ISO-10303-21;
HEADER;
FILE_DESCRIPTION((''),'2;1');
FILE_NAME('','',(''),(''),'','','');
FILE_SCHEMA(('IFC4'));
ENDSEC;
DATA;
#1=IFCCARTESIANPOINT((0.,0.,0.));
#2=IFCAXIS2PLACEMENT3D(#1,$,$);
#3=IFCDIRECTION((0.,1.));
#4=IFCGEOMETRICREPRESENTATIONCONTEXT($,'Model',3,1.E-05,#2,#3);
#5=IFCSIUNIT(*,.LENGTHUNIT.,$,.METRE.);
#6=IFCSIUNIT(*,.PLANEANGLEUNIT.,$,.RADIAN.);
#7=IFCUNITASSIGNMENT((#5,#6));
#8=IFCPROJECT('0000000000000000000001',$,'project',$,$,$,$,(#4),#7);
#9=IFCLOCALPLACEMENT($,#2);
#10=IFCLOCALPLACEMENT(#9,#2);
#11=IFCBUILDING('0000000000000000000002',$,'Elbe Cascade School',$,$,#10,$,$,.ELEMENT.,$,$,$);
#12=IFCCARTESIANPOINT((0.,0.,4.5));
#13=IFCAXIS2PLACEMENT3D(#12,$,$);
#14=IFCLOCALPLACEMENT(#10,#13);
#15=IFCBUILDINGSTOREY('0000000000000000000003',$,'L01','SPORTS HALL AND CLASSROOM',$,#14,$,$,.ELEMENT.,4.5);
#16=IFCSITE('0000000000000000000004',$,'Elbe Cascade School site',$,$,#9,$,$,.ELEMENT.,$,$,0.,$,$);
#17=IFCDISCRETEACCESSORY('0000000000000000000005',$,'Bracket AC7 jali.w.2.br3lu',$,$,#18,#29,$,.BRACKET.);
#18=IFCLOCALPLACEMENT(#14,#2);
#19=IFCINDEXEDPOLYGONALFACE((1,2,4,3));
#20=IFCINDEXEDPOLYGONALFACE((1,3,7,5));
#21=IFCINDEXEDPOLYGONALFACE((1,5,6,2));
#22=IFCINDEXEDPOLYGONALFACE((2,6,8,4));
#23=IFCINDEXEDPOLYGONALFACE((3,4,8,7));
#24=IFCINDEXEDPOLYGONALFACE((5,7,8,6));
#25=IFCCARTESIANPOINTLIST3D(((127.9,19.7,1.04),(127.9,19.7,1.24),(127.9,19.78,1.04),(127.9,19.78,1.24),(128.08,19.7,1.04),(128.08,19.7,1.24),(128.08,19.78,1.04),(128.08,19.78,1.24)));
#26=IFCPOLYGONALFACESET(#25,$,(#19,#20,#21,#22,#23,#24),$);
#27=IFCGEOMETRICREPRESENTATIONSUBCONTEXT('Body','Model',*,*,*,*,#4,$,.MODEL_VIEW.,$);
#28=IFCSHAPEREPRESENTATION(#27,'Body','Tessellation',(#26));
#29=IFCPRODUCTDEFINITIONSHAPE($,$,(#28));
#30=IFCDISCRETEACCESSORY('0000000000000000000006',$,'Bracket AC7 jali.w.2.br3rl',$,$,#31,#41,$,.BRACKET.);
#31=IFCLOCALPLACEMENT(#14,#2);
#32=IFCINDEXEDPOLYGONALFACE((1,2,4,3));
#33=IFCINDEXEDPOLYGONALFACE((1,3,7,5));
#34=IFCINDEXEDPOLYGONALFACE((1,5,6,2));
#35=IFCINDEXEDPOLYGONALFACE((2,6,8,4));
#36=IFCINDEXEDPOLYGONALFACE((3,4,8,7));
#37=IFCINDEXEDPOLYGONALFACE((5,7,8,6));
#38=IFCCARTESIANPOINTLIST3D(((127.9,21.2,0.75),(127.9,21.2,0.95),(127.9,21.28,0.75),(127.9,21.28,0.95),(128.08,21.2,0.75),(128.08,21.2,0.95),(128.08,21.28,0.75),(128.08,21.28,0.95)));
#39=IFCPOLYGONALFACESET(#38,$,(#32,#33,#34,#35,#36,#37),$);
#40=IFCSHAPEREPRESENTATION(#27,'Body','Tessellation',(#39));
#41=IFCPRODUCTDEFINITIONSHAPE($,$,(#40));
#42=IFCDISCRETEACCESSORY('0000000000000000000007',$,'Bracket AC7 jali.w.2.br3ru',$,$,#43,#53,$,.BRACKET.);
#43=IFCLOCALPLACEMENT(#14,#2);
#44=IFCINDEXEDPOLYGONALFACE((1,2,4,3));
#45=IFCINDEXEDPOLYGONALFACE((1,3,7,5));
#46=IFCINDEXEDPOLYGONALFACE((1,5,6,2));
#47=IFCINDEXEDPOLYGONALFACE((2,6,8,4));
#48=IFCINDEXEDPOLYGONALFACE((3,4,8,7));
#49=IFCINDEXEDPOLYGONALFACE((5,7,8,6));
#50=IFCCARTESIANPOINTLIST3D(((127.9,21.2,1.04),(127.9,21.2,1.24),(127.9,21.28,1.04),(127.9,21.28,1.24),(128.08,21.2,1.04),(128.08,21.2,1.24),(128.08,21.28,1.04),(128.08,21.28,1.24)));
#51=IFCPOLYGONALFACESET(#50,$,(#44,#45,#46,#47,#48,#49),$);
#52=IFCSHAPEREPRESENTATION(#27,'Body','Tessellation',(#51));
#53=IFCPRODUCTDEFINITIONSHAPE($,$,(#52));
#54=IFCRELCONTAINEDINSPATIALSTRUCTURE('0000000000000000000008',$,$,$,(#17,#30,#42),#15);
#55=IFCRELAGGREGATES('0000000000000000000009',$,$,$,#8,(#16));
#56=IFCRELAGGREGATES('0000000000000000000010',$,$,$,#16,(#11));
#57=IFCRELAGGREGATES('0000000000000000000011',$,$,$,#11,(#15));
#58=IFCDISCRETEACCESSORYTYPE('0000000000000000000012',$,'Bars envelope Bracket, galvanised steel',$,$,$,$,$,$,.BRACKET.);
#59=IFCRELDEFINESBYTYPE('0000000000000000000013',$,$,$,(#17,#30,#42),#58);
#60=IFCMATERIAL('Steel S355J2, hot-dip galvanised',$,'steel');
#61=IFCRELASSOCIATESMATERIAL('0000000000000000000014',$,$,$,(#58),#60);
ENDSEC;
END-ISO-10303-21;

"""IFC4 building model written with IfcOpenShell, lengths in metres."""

from ifc_helpers import new_model, si_unit, direction, frame, origin, origin_2d, place, context, subcontext, project, spatial, rectangle, extrude, material, type_object, element, save


model = new_model("IFC4")

# Units and contexts
model_context = context("Model", 3, precision=1e-05, world=origin(), true_north=direction((0.0, 1.0)))
body_context = subcontext(model_context, "Body", "Model", "MODEL_VIEW")
ifc_project = project(units=[si_unit("LENGTHUNIT", "METRE"), si_unit("PLANEANGLEUNIT", "RADIAN")], contexts=[model_context])

# Site, building, storey
site_placement = place(None, origin())
site = spatial("IfcSite", under=ifc_project, at=site_placement, Name="Elbe Cascade School site", CompositionType="ELEMENT", RefElevation=0.0)
building_placement = place(site_placement, origin())
building = spatial("IfcBuilding", under=site, at=building_placement, Name="Elbe Cascade School", CompositionType="ELEMENT")
storey_placement = place(building_placement, frame((0.0, 0.0, 4.5)))
storey = spatial("IfcBuildingStorey", under=building, at=storey_placement, Name="L01", Description="SPORTS HALL AND CLASSROOM", CompositionType="ELEMENT", Elevation=4.5)

# Discrete accessories
ifc_material_1 = material(Name="Steel S355J2, hot-dip galvanised", Category="steel")
discrete_accessory_type = type_object("IfcDiscreteAccessoryType", Name="Bars envelope Bracket, galvanised steel", PredefinedType="BRACKET", material=ifc_material_1)
for number, where, z_axis, x_axis, name in (
    (1, (127.99, 19.74, 1.04), (0.0, 0.0, 1.0), (0.0, 1.0, 0.0), "Bracket AC7 jali.w.2.br3lu"),
    (2, (127.99, 21.24, 0.75), (0.0, 0.0, 1.0), (0.0, 1.0, 0.0), "Bracket AC7 jali.w.2.br3rl"),
    (3, (127.99, 21.24, 1.04), (0.0, 0.0, 1.0), (0.0, 1.0, 0.0), "Bracket AC7 jali.w.2.br3ru"),
):
    element("IfcDiscreteAccessory", number, at=place(storey_placement, frame(where, z_axis=z_axis, x_axis=x_axis)), inside=storey, type_object=discrete_accessory_type, Name=name, PredefinedType="BRACKET", context=body_context, shape_type="SweptSolid", body=[
        extrude(rectangle(XDim=0.0801, YDim=0.1799, at=origin_2d()), origin(), (0.0, 0.0, 1.0), 0.2),
    ])

save(model, "model.ifc")
